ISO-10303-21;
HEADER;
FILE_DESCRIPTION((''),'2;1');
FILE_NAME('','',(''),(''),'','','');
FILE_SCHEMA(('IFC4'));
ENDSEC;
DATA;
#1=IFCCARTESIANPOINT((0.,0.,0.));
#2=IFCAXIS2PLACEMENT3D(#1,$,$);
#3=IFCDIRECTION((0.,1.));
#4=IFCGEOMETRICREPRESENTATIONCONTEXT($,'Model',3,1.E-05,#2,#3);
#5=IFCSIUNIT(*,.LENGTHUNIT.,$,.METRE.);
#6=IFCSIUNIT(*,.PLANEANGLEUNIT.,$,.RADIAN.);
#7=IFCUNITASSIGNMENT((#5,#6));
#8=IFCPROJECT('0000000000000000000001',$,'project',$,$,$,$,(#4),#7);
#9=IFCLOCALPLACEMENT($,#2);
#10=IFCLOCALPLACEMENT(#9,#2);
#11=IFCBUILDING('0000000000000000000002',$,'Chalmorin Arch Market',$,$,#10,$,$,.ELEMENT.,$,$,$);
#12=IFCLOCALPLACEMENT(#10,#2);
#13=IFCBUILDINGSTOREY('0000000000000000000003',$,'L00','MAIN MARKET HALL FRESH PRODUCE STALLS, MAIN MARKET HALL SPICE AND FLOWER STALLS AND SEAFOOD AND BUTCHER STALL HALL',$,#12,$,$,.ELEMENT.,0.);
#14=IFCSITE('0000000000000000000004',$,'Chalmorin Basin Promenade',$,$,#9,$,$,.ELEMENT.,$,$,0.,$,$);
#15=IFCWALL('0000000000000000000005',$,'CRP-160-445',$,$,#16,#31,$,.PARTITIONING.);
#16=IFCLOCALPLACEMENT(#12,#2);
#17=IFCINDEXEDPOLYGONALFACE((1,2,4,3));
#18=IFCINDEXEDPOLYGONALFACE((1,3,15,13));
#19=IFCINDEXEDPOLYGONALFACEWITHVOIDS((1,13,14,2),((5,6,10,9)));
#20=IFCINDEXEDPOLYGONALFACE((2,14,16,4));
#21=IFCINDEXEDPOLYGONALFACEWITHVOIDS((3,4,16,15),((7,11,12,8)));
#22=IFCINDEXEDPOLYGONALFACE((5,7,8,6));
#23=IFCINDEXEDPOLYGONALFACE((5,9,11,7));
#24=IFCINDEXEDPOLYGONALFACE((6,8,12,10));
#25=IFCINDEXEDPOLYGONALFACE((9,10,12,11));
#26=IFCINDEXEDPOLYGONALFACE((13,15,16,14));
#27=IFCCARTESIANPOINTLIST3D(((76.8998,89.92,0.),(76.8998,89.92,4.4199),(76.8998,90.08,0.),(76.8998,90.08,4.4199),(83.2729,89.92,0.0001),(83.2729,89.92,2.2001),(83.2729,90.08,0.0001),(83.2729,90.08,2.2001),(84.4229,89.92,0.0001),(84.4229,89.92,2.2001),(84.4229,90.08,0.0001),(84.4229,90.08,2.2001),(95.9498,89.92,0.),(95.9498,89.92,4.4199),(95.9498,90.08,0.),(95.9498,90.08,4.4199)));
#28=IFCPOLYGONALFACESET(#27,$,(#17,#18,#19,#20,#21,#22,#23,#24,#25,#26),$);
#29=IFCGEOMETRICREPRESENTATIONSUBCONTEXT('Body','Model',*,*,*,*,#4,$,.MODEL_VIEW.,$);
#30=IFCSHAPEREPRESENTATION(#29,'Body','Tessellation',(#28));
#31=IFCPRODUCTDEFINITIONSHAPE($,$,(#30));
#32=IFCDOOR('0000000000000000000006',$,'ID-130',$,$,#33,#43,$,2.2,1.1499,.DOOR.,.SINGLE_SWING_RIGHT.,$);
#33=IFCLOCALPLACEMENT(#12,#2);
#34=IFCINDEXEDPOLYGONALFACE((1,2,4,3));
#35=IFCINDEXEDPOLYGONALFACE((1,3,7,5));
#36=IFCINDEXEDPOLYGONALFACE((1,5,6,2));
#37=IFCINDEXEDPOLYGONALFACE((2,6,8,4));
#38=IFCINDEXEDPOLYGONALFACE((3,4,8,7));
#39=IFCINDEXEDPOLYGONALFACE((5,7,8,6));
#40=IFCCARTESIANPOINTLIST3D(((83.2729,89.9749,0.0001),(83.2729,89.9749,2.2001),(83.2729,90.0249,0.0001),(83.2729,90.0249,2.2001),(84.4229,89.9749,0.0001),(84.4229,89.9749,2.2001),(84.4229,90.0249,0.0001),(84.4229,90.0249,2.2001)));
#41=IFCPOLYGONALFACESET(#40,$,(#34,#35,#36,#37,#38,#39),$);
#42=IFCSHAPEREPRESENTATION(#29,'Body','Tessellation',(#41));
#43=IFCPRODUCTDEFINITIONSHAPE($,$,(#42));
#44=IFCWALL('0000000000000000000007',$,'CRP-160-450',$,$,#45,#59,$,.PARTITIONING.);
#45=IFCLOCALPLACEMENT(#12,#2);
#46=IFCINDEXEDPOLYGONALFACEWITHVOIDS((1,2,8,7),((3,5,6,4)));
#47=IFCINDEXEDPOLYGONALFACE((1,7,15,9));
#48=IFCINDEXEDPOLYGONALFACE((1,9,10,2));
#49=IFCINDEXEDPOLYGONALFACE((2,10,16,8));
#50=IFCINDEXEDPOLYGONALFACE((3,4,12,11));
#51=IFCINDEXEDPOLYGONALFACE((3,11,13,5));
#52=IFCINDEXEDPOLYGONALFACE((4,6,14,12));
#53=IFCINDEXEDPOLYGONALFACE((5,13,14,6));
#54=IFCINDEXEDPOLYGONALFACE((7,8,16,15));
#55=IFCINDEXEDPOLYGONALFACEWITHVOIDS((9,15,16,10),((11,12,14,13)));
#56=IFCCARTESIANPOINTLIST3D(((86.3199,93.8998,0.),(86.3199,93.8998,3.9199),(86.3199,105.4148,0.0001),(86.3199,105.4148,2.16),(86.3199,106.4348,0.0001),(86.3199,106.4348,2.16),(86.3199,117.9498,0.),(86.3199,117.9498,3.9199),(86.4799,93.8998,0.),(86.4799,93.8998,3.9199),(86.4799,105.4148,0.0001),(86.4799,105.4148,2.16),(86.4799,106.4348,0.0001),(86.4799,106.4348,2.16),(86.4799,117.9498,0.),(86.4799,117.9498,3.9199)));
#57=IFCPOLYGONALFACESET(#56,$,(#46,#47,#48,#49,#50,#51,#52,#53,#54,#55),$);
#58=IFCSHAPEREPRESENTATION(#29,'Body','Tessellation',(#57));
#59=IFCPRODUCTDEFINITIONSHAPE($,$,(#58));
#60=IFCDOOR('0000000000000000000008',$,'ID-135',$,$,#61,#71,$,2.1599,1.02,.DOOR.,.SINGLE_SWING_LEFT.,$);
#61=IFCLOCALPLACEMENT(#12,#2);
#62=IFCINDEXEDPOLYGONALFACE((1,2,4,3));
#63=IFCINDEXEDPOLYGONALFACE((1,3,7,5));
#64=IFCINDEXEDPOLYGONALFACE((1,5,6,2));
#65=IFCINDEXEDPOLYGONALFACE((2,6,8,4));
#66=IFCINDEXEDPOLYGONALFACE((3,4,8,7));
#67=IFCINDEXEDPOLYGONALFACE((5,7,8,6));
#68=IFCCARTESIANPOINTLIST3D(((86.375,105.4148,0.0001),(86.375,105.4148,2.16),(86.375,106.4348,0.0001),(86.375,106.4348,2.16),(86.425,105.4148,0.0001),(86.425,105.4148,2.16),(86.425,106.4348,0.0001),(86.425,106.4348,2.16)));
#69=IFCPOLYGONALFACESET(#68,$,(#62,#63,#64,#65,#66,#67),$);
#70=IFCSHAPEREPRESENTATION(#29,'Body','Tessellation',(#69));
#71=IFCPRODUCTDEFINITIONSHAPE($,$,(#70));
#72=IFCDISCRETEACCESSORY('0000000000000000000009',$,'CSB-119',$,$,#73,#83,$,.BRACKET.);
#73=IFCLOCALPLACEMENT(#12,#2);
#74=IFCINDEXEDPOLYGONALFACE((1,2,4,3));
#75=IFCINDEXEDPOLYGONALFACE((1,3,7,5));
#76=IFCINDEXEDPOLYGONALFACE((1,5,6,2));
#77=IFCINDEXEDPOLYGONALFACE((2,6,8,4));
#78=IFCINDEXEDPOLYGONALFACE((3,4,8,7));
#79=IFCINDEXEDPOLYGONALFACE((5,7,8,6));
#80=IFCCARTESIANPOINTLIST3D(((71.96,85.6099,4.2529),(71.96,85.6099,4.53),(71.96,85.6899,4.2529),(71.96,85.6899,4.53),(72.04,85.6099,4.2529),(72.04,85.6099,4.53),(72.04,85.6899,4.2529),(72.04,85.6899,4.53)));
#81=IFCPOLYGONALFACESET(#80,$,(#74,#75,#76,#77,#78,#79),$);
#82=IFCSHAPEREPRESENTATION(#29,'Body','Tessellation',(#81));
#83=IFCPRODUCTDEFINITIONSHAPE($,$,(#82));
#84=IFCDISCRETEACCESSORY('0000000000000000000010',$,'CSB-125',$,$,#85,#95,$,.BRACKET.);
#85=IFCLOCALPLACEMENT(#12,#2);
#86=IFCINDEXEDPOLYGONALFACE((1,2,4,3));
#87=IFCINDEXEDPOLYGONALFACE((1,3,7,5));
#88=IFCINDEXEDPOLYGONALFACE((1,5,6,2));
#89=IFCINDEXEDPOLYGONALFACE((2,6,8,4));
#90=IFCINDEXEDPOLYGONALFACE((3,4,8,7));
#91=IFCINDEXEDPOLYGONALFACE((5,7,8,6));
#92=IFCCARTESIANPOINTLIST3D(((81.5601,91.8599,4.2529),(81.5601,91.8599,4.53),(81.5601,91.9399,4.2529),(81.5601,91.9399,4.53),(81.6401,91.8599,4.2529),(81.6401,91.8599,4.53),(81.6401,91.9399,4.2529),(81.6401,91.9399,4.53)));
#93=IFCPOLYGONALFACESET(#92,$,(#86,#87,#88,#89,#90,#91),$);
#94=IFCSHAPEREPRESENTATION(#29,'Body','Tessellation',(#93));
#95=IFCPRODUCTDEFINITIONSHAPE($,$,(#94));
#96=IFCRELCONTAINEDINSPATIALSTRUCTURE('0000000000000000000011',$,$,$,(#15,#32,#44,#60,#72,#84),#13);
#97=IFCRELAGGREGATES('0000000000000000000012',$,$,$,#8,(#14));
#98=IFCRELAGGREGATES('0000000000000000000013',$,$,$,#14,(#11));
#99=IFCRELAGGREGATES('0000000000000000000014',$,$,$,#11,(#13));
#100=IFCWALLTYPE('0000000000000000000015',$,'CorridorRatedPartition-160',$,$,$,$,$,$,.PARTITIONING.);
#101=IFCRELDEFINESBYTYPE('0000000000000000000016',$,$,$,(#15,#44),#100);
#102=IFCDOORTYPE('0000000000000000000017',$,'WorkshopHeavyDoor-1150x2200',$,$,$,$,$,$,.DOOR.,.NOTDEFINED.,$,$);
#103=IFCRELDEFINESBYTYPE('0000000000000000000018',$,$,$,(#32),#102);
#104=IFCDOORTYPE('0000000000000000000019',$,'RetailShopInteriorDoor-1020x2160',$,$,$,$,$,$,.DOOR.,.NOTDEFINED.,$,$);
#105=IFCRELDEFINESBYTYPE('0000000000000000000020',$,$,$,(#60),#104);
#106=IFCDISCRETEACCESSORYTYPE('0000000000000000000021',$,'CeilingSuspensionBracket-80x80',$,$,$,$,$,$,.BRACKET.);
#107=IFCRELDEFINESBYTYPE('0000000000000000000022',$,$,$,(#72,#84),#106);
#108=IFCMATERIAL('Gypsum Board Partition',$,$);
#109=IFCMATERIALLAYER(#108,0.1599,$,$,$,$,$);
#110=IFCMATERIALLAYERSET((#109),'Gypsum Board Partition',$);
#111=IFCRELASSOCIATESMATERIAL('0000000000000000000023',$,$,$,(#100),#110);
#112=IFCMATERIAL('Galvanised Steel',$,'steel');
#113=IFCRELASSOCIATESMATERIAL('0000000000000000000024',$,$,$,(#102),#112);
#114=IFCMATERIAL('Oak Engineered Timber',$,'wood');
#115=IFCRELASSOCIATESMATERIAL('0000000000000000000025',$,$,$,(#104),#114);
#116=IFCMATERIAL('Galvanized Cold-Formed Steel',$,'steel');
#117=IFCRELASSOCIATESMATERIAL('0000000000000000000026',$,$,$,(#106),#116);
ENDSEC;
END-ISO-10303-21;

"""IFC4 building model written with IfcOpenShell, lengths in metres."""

from ifc_helpers import new_model, si_unit, direction, frame, frame_2d, origin, origin_2d, place, context, subcontext, project, spatial, rectangle, extrude, material, layer, layer_set, type_object, element, fill, save


model = new_model("IFC4")

# Units and contexts
model_context = context("Model", 3, precision=1e-05, world=origin(), true_north=direction((0.0, 1.0)))
body_context = subcontext(model_context, "Body", "Model", "MODEL_VIEW")
ifc_project = project(units=[si_unit("LENGTHUNIT", "METRE"), si_unit("PLANEANGLEUNIT", "RADIAN")], contexts=[model_context])

# Site, building, storey
site_placement = place(None, origin())
site = spatial("IfcSite", under=ifc_project, at=site_placement, Name="Chalmorin Basin Promenade", CompositionType="ELEMENT", RefElevation=0.0)
building_placement = place(site_placement, origin())
building = spatial("IfcBuilding", under=site, at=building_placement, Name="Chalmorin Arch Market", CompositionType="ELEMENT")
storey_placement = place(building_placement, origin())
storey = spatial("IfcBuildingStorey", under=building, at=storey_placement, Name="L00", Description="MAIN MARKET HALL FRESH PRODUCE STALLS, MAIN MARKET HALL SPICE AND FLOWER STALLS AND SEAFOOD AND BUTCHER STALL HALL", CompositionType="ELEMENT", Elevation=0.0)

# Walls, openings, doors
ifc_material_1 = material(Name="Gypsum Board Partition")
ifc_layer = layer(ifc_material_1, 0.1599)
ifc_layer_set = layer_set([ifc_layer], Name="Gypsum Board Partition")
wall_type = type_object("IfcWallType", Name="CorridorRatedPartition-160", PredefinedType="PARTITIONING", material=ifc_layer_set)
wall_1_placement = place(storey_placement, frame((76.8999, 90.0, 0.0), z_axis=(0.0, 0.0, 1.0), x_axis=(1.0, 0.0, 0.0)))
wall_1 = element("IfcWall", 1, at=wall_1_placement, inside=storey, type_object=wall_type, Name="CRP-160-445", PredefinedType="PARTITIONING", context=body_context, shape_type="SweptSolid", body=[
    extrude(rectangle(XDim=19.05, YDim=0.1599, at=frame_2d((9.5249, 0.0))), origin(), (0.0, 0.0, 1.0), 4.4199),
])
opening_1_placement = place(wall_1_placement, frame((6.373, 0.0, 0.0)))
opening_1 = element("IfcOpeningElement", 2, at=opening_1_placement, cuts=wall_1, PredefinedType="OPENING", context=body_context, shape_type="SweptSolid", body=[
    extrude(rectangle(XDim=1.1499, YDim=2.2, at=frame_2d((0.575, 1.1001))), frame((0.0, 0.0898, 0.0), z_axis=(0.0, -1.0, 0.0), x_axis=(1.0, 0.0, 0.0)), (0.0, 0.0, 1.0), 0.1799),
])
ifc_material_2 = material(Name="Galvanised Steel", Category="steel")
door_type_1 = type_object("IfcDoorType", Name="WorkshopHeavyDoor-1150x2200", OperationType="NOTDEFINED", PredefinedType="DOOR", material=ifc_material_2)
door_1_placement = place(opening_1_placement, origin())
door_1 = element("IfcDoor", 3, at=door_1_placement, inside=storey, type_object=door_type_1, Name="ID-130", OperationType="SINGLE_SWING_RIGHT", OverallHeight=2.2, OverallWidth=1.1499, PredefinedType="DOOR", context=body_context, shape_type="SweptSolid", body=[
    extrude(rectangle(XDim=1.1499, YDim=2.2, at=frame_2d((0.575, 1.1001))), frame((0.0, 0.0249, 0.0), z_axis=(0.0, -1.0, 0.0), x_axis=(1.0, 0.0, 0.0)), (0.0, 0.0, 1.0), 0.05),
])
fill(opening_1, door_1)
wall_2_placement = place(storey_placement, frame((86.3999, 93.8999, 0.0), z_axis=(0.0, 0.0, 1.0), x_axis=(0.0, 1.0, 0.0)))
wall_2 = element("IfcWall", 4, at=wall_2_placement, inside=storey, type_object=wall_type, Name="CRP-160-450", PredefinedType="PARTITIONING", context=body_context, shape_type="SweptSolid", body=[
    extrude(rectangle(XDim=24.05, YDim=0.1599, at=frame_2d((12.0249, 0.0))), origin(), (0.0, 0.0, 1.0), 3.9199),
])
opening_2_placement = place(wall_2_placement, frame((11.5149, 0.0, 0.0)))
opening_2 = element("IfcOpeningElement", 5, at=opening_2_placement, cuts=wall_2, PredefinedType="OPENING", context=body_context, shape_type="SweptSolid", body=[
    extrude(rectangle(XDim=1.02, YDim=2.1599, at=frame_2d((0.51, 1.0801))), frame((0.0, 0.0898, 0.0), z_axis=(0.0, -1.0, 0.0), x_axis=(1.0, 0.0, 0.0)), (0.0, 0.0, 1.0), 0.1799),
])
ifc_material_3 = material(Name="Oak Engineered Timber", Category="wood")
door_type_2 = type_object("IfcDoorType", Name="RetailShopInteriorDoor-1020x2160", OperationType="NOTDEFINED", PredefinedType="DOOR", material=ifc_material_3)
door_2_placement = place(opening_2_placement, origin())
door_2 = element("IfcDoor", 6, at=door_2_placement, inside=storey, type_object=door_type_2, Name="ID-135", OperationType="SINGLE_SWING_LEFT", OverallHeight=2.1599, OverallWidth=1.02, PredefinedType="DOOR", context=body_context, shape_type="SweptSolid", body=[
    extrude(rectangle(XDim=1.02, YDim=2.1599, at=frame_2d((0.51, 1.0801))), frame((0.0, 0.0249, 0.0), z_axis=(0.0, -1.0, 0.0), x_axis=(1.0, 0.0, 0.0)), (0.0, 0.0, 1.0), 0.05),
])
fill(opening_2, door_2)

# Discrete accessories
ifc_material_4 = material(Name="Galvanized Cold-Formed Steel", Category="steel")
discrete_accessory_type = type_object("IfcDiscreteAccessoryType", Name="CeilingSuspensionBracket-80x80", PredefinedType="BRACKET", material=ifc_material_4)
for number, where, z_axis, x_axis, name in (
    (7, (72.0, 85.6499, 4.2529), (0.0, 0.0, 1.0), (1.0, 0.0, 0.0), "CSB-119"),
    (8, (81.6001, 91.8999, 4.2529), (0.0, 0.0, 1.0), (1.0, 0.0, 0.0), "CSB-125"),
):
    element("IfcDiscreteAccessory", number, at=place(storey_placement, frame(where, z_axis=z_axis, x_axis=x_axis)), inside=storey, type_object=discrete_accessory_type, Name=name, PredefinedType="BRACKET", context=body_context, shape_type="SweptSolid", body=[
        extrude(rectangle(XDim=0.0801, YDim=0.0801, at=origin_2d()), origin(), (0.0, 0.0, 1.0), 0.2771),
    ])

save(model, "model.ifc")
